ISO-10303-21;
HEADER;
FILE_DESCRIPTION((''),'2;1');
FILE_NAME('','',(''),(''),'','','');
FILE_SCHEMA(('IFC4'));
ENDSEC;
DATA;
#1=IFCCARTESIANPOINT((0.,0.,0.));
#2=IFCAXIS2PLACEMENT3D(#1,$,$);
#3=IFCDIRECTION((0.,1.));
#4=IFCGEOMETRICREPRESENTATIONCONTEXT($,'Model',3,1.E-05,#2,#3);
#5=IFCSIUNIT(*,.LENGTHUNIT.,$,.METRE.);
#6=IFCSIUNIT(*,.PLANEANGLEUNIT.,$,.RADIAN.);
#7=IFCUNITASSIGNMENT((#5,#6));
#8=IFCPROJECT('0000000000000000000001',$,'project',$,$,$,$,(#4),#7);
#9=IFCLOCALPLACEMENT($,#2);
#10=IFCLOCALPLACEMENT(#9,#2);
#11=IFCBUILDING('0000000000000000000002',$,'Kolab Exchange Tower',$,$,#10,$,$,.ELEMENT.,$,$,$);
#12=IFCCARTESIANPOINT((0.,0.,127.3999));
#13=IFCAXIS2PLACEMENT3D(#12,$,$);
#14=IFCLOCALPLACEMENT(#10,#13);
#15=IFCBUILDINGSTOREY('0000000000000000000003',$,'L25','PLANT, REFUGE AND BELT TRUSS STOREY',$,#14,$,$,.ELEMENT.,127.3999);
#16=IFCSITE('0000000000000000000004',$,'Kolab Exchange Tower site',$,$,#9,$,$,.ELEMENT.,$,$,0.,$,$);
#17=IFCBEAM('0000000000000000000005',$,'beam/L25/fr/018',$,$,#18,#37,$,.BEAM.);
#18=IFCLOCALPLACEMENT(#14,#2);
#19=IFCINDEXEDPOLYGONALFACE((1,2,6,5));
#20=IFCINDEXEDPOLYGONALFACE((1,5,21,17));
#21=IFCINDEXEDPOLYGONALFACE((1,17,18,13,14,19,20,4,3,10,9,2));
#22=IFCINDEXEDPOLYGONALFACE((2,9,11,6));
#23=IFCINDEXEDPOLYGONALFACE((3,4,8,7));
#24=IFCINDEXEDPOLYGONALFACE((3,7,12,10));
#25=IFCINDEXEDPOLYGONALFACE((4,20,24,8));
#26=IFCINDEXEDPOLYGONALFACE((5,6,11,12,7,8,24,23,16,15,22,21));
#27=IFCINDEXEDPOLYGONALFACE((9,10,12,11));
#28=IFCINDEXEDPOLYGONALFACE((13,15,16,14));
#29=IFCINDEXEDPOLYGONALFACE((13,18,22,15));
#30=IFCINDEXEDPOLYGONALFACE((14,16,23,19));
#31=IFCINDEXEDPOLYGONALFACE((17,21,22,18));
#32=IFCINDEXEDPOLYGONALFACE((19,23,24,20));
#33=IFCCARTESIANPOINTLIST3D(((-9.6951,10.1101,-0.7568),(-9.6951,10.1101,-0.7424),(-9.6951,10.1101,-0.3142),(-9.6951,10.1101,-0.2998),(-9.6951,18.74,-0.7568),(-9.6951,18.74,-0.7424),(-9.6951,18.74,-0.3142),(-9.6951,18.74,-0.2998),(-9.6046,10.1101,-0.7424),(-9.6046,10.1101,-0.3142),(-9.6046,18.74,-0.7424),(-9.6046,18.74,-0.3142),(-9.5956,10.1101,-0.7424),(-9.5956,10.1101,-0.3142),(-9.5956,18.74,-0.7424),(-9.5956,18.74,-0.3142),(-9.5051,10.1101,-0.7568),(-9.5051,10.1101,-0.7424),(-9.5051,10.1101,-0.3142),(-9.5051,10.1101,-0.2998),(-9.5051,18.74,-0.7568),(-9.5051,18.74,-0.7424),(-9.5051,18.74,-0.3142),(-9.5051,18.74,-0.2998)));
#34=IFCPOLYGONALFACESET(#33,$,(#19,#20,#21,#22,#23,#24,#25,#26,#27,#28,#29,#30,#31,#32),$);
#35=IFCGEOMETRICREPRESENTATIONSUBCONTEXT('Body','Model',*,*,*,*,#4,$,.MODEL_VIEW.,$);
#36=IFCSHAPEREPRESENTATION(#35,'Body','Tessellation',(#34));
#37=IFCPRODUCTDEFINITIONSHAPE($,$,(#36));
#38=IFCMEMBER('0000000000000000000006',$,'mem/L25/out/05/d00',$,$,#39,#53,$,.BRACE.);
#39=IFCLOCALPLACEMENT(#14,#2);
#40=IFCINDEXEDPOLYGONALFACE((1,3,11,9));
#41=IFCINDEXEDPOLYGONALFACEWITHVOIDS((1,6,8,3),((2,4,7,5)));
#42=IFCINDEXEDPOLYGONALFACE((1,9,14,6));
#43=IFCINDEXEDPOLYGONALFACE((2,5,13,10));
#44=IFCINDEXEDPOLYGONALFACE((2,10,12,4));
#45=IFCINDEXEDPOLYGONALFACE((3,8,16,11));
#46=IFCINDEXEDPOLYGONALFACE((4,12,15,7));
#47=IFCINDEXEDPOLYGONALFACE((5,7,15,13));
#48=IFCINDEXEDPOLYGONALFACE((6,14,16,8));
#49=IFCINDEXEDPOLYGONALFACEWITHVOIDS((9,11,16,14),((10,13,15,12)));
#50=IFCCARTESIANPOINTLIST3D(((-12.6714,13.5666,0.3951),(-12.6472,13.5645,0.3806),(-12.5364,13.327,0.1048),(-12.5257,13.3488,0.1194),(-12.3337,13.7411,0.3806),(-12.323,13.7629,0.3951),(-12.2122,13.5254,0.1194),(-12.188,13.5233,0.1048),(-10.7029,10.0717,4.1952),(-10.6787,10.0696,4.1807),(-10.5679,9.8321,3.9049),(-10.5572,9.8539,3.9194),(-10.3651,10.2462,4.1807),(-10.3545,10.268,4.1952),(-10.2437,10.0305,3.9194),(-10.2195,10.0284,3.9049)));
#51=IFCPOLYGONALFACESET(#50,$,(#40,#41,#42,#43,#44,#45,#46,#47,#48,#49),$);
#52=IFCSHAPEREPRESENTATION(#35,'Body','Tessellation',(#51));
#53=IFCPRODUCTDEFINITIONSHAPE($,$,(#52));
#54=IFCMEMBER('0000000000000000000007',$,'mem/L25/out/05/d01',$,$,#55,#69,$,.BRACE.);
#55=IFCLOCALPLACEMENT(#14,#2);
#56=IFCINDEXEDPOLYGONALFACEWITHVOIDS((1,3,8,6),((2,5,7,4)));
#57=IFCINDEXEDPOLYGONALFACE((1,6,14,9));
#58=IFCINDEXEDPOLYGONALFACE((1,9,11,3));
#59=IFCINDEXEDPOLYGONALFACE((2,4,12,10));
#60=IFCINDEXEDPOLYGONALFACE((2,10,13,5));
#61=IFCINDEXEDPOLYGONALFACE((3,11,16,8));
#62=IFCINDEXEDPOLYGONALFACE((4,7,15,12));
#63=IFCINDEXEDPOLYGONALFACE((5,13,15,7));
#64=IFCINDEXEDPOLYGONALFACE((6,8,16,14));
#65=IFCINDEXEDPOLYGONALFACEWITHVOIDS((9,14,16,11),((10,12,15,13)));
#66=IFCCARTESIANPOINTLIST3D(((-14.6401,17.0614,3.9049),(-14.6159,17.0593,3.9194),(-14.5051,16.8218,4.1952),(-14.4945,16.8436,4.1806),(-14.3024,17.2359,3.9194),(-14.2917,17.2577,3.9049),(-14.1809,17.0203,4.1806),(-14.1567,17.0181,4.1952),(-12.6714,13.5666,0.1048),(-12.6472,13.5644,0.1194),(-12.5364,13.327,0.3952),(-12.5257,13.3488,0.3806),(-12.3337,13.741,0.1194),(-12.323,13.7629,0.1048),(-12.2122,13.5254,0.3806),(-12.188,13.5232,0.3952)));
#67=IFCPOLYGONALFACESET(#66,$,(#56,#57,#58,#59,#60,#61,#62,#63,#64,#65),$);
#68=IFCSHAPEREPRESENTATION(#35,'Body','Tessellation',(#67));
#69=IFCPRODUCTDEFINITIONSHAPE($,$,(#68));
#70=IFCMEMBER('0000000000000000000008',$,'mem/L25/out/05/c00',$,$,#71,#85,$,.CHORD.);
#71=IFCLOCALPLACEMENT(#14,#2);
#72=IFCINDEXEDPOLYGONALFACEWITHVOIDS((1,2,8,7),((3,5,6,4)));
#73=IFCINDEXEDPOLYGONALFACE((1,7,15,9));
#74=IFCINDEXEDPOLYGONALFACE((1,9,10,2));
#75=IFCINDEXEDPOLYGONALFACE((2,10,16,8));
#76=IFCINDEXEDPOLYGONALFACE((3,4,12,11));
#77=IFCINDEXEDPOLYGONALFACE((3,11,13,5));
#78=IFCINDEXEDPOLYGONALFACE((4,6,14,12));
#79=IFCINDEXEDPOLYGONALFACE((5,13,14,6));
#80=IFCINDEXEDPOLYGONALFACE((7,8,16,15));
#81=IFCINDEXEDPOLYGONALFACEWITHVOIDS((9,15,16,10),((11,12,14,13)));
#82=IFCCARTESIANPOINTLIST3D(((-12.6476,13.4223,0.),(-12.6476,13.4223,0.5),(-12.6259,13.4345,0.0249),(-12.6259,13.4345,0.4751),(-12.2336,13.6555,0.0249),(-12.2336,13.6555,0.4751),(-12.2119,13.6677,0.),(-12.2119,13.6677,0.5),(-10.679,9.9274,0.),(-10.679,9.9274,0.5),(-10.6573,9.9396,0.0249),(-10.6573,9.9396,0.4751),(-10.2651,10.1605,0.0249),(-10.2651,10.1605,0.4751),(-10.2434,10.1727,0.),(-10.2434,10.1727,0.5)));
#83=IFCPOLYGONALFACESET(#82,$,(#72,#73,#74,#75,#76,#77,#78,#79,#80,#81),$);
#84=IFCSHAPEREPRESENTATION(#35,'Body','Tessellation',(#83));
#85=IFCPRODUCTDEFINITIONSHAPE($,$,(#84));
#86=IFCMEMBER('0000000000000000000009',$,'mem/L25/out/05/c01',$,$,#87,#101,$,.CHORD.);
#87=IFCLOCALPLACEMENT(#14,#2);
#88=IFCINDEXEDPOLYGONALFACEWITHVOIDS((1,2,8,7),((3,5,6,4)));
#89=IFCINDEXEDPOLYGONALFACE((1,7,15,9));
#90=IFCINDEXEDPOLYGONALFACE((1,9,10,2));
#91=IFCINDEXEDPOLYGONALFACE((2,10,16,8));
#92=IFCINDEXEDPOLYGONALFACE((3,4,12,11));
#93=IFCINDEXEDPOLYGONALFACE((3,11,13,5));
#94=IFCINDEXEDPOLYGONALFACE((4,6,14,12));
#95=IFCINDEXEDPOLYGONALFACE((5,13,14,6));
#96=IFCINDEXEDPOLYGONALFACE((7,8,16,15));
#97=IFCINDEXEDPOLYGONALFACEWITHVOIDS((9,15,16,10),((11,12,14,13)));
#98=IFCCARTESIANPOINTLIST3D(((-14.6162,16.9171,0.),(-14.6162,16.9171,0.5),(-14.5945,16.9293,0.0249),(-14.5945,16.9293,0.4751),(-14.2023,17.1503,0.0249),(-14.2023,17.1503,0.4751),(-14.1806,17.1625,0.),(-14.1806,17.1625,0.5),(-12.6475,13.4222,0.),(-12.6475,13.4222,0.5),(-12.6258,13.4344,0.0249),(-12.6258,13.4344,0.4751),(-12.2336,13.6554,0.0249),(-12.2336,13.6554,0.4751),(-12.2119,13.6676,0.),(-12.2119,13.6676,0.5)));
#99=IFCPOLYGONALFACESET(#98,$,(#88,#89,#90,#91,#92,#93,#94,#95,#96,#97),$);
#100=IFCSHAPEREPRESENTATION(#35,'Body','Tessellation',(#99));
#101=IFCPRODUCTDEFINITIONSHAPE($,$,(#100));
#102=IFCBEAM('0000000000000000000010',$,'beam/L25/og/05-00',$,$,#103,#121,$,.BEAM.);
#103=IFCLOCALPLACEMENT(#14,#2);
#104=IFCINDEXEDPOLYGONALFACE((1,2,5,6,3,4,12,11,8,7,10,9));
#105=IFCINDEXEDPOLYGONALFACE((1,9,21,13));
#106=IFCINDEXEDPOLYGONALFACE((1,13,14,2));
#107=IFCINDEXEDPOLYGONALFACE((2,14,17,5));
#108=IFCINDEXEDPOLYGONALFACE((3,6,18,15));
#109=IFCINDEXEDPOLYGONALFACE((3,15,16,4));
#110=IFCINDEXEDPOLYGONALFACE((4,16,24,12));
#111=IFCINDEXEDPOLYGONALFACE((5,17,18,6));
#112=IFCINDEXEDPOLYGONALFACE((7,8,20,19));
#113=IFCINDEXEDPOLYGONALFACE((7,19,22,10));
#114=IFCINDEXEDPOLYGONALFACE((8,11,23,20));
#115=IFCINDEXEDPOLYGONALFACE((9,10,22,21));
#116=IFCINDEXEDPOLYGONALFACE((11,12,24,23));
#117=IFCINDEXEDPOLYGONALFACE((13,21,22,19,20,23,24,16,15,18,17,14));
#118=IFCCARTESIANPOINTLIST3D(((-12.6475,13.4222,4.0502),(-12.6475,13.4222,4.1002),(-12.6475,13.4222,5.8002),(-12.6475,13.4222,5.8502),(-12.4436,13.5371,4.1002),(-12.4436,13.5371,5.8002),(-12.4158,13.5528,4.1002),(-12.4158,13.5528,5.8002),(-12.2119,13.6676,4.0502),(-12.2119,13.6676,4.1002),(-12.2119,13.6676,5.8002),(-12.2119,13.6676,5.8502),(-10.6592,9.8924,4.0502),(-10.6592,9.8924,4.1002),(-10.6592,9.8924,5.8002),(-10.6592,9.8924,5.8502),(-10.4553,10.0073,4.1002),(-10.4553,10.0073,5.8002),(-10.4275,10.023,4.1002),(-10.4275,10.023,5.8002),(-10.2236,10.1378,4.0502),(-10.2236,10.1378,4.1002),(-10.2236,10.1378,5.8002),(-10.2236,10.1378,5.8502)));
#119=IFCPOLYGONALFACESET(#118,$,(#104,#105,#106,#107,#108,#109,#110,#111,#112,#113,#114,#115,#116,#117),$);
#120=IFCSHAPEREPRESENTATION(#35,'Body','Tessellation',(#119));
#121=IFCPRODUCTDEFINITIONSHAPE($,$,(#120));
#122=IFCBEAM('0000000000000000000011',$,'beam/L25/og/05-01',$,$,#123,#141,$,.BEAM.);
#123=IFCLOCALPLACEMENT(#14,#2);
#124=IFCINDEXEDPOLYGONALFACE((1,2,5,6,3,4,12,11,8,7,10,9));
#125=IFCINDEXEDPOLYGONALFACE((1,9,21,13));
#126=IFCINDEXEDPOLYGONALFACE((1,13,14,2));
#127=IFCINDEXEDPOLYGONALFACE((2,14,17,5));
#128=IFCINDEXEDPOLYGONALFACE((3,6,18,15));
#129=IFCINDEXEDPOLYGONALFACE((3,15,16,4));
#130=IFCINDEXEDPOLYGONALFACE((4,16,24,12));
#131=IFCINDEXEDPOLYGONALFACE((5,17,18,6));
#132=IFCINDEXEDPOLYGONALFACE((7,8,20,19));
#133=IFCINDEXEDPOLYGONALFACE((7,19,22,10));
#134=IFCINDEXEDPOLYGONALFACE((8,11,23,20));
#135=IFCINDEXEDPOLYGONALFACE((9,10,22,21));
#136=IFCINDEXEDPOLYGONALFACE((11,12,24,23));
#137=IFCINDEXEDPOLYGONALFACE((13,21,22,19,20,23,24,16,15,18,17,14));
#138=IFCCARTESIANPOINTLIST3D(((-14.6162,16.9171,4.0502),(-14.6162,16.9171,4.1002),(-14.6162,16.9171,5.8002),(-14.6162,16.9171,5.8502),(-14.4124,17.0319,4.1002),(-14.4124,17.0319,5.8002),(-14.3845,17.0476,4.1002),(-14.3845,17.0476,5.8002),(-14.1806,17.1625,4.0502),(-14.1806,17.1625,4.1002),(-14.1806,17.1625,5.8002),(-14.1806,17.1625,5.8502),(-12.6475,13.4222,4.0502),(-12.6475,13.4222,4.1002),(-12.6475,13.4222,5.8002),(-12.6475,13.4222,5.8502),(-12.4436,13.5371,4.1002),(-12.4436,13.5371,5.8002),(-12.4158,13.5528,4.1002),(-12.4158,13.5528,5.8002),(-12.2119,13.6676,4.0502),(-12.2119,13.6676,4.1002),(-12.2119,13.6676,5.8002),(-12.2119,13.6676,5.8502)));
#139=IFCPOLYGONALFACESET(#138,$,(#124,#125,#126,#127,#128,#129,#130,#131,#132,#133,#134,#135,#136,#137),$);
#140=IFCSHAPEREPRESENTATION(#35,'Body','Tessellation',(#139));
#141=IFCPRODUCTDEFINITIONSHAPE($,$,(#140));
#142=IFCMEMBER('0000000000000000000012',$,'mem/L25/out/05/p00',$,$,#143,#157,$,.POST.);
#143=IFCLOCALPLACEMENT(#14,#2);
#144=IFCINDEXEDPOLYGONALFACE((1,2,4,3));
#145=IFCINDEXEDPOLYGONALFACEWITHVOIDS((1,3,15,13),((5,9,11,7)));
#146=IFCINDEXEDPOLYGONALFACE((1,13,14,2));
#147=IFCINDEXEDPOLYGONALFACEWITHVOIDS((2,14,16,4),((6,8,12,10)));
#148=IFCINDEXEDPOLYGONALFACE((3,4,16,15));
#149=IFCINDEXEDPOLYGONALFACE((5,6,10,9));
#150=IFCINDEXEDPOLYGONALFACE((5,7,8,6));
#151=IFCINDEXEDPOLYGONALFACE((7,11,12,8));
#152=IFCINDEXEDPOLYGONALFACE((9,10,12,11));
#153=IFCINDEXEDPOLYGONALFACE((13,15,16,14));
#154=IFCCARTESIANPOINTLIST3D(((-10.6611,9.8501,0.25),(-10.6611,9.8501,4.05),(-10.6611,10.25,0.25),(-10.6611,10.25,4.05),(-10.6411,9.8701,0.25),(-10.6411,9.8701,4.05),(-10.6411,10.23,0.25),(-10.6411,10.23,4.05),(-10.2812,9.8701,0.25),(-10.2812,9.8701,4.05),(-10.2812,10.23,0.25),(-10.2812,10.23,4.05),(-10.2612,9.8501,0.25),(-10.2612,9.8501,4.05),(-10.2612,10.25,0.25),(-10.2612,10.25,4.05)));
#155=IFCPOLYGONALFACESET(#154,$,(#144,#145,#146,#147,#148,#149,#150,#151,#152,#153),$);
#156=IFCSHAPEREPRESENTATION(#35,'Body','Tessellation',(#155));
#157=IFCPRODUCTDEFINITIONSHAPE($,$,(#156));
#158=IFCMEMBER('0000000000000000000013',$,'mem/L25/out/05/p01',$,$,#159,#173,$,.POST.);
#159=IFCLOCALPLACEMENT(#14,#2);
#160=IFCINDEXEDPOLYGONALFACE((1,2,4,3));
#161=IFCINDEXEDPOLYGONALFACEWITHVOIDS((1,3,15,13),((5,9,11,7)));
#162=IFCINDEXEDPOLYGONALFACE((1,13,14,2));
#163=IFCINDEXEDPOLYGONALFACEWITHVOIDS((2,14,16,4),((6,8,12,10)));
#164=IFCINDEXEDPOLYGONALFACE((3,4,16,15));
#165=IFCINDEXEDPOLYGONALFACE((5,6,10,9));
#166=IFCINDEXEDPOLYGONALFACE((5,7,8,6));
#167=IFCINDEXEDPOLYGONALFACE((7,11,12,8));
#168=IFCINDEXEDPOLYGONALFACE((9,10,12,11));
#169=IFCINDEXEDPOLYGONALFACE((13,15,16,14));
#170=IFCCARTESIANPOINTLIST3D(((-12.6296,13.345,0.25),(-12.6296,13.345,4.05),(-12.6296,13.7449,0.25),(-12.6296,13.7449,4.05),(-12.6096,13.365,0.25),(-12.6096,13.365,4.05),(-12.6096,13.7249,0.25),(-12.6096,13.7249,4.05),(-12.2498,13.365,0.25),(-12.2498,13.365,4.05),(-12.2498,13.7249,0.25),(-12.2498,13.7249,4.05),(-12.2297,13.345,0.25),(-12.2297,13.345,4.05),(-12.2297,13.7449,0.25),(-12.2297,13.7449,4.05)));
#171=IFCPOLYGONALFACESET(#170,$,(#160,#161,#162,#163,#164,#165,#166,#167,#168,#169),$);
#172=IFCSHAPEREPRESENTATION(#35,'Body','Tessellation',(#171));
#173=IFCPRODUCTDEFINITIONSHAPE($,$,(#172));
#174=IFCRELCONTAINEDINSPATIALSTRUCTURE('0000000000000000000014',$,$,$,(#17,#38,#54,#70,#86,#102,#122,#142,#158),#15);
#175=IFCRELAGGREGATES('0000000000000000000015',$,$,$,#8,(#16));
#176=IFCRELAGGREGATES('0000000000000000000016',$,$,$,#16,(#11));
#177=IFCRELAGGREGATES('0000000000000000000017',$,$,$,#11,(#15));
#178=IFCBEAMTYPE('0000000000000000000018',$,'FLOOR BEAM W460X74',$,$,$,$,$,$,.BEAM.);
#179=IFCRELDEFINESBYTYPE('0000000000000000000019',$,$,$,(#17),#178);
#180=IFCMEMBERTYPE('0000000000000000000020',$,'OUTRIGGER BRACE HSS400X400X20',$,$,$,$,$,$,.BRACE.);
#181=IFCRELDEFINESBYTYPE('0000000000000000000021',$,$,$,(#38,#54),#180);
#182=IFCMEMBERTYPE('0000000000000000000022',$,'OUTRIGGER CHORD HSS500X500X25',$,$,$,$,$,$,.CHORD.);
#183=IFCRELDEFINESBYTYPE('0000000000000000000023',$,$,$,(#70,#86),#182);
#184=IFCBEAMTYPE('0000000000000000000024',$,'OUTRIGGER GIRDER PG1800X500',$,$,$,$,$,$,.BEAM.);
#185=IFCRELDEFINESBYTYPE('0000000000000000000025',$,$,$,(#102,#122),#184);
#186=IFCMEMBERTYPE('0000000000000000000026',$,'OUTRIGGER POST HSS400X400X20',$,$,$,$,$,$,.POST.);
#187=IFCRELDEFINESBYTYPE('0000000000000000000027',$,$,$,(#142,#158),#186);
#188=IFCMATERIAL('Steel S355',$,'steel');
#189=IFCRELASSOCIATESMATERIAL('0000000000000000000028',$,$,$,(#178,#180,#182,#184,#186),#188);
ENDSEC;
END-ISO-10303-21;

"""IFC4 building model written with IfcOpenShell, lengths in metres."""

from ifc_helpers import new_model, si_unit, direction, frame, origin, origin_2d, place, context, subcontext, project, spatial, hollow_rectangle, i_section, extrude, material, material_profile, profile_set, type_object, element, save


model = new_model("IFC4")

# Units and contexts
model_context = context("Model", 3, precision=1e-05, world=origin(), true_north=direction((0.0, 1.0)))
body_context = subcontext(model_context, "Body", "Model", "MODEL_VIEW")
ifc_project = project(units=[si_unit("LENGTHUNIT", "METRE"), si_unit("PLANEANGLEUNIT", "RADIAN")], contexts=[model_context])

# Site, building, storey
site_placement = place(None, origin())
site = spatial("IfcSite", under=ifc_project, at=site_placement, Name="Kolab Exchange Tower site", CompositionType="ELEMENT", RefElevation=0.0)
building_placement = place(site_placement, origin())
building = spatial("IfcBuilding", under=site, at=building_placement, Name="Kolab Exchange Tower", CompositionType="ELEMENT")
storey_placement = place(building_placement, frame((0.0, 0.0, 127.3999)))
storey = spatial("IfcBuildingStorey", under=building, at=storey_placement, Name="L25", Description="PLANT, REFUGE AND BELT TRUSS STOREY", CompositionType="ELEMENT", Elevation=127.3999)

# Beam
ifc_material_1 = material(Name="Steel S355", Category="steel")
ifc_material_profile_1 = material_profile(ifc_material_1, i_section(OverallWidth=0.1899, OverallDepth=0.457, WebThickness=0.009, FlangeThickness=0.0144, at=origin_2d()), Name="W460X74")
ifc_profile_set_1 = profile_set([ifc_material_profile_1], Name="Steel S355")
beam_type_1 = type_object("IfcBeamType", Name="FLOOR BEAM W460X74", PredefinedType="BEAM", material=ifc_profile_set_1)
beam_1_placement = place(storey_placement, frame((-9.6001, 10.1101, -0.5283), z_axis=(0.0, 1.0, 0.0), x_axis=(-1.0, 0.0, 0.0)))
element("IfcBeam", 1, at=beam_1_placement, inside=storey, type_object=beam_type_1, Name="beam/L25/fr/018", PredefinedType="BEAM", context=body_context, shape_type="SweptSolid", body=[
    extrude(i_section(OverallWidth=0.1899, OverallDepth=0.457, WebThickness=0.009, FlangeThickness=0.0144, at=origin_2d()), origin(), (0.0, 0.0, 1.0), 8.6299),
])

# Members
ifc_material_profile_2 = material_profile(ifc_material_1, hollow_rectangle(XDim=0.3999, YDim=0.3999, WallThickness=0.02, at=origin_2d()), Name="HSS400X400X20")
ifc_profile_set_2 = profile_set([ifc_material_profile_2], Name="Steel S355")
member_type_1 = type_object("IfcMemberType", Name="OUTRIGGER BRACE HSS400X400X20", PredefinedType="BRACE", material=ifc_profile_set_2)
for number, where, z_axis, x_axis, name in (
    (2, (-10.4612, 10.05, 4.05), (-0.356268, 0.632516, -0.687748), (-0.871294, -0.490761, 0.0), "mem/L25/out/05/d00"),
    (3, (-12.4297, 13.5449, 0.25), (-0.356306, 0.632506, 0.687737), (-0.871268, -0.490807, 0.0), "mem/L25/out/05/d01"),
):
    element("IfcMember", number, at=place(storey_placement, frame(where, z_axis=z_axis, x_axis=x_axis)), inside=storey, type_object=member_type_1, Name=name, PredefinedType="BRACE", context=body_context, shape_type="SweptSolid", body=[
        extrude(hollow_rectangle(XDim=0.3999, YDim=0.3999, WallThickness=0.02, at=origin_2d()), origin(), (0.0, 0.0, 1.0), 5.5254),
    ])
ifc_material_profile_3 = material_profile(ifc_material_1, hollow_rectangle(XDim=0.5, YDim=0.5, WallThickness=0.0249, at=origin_2d()), Name="HSS500X500X25")
ifc_profile_set_3 = profile_set([ifc_material_profile_3], Name="Steel S355")
member_type_2 = type_object("IfcMemberType", Name="OUTRIGGER CHORD HSS500X500X25", PredefinedType="CHORD", material=ifc_profile_set_3)
for number, where, z_axis, x_axis, name in (
    (4, (-10.4612, 10.05, 0.25), (-0.490761, 0.871294, 0.0), (-0.871294, -0.490761, 0.0), "mem/L25/out/05/c00"),
    (5, (-12.4297, 13.5449, 0.25), (-0.490807, 0.871268, 0.0), (-0.871268, -0.490807, 0.0), "mem/L25/out/05/c01"),
):
    element("IfcMember", number, at=place(storey_placement, frame(where, z_axis=z_axis, x_axis=x_axis)), inside=storey, type_object=member_type_2, Name=name, PredefinedType="CHORD", context=body_context, shape_type="SweptSolid", body=[
        extrude(hollow_rectangle(XDim=0.5, YDim=0.5, WallThickness=0.0249, at=origin_2d()), origin(), (0.0, 0.0, 1.0), 4.0112),
    ])

# Beams
ifc_material_profile_4 = material_profile(ifc_material_1, i_section(OverallWidth=0.5, OverallDepth=1.8, WebThickness=0.032, FlangeThickness=0.05, at=origin_2d()), Name="PG1800X500")
ifc_profile_set_4 = profile_set([ifc_material_profile_4], Name="Steel S355")
beam_type_2 = type_object("IfcBeamType", Name="OUTRIGGER GIRDER PG1800X500", PredefinedType="BEAM", material=ifc_profile_set_4)
beam_2_placement = place(storey_placement, frame((-10.4414, 10.0151, 4.9502), z_axis=(-0.490782, 0.871282, 0.0), x_axis=(-0.871282, -0.490782, 0.0)))
element("IfcBeam", 6, at=beam_2_placement, inside=storey, type_object=beam_type_2, Name="beam/L25/og/05-00", PredefinedType="BEAM", context=body_context, shape_type="SweptSolid", body=[
    extrude(i_section(OverallWidth=0.5, OverallDepth=1.8, WebThickness=0.032, FlangeThickness=0.05, at=origin_2d()), origin(), (0.0, 0.0, 1.0), 4.0513),
])
beam_3_placement = place(storey_placement, frame((-12.4297, 13.5449, 4.9502), z_axis=(-0.490807, 0.871268, 0.0), x_axis=(-0.871268, -0.490807, 0.0)))
element("IfcBeam", 7, at=beam_3_placement, inside=storey, type_object=beam_type_2, Name="beam/L25/og/05-01", PredefinedType="BEAM", context=body_context, shape_type="SweptSolid", body=[
    extrude(i_section(OverallWidth=0.5, OverallDepth=1.8, WebThickness=0.032, FlangeThickness=0.05, at=origin_2d()), origin(), (0.0, 0.0, 1.0), 4.0112),
])

# Members
ifc_material_profile_5 = material_profile(ifc_material_1, hollow_rectangle(XDim=0.3999, YDim=0.3999, WallThickness=0.02, at=origin_2d()), Name="HSS400X400X20")
ifc_profile_set_5 = profile_set([ifc_material_profile_5], Name="Steel S355")
member_type_3 = type_object("IfcMemberType", Name="OUTRIGGER POST HSS400X400X20", PredefinedType="POST", material=ifc_profile_set_5)
for number, where, z_axis, x_axis, name in (
    (8, (-10.4612, 10.05, 0.25), (0.0, 0.0, 1.0), (1.0, 0.0, 0.0), "mem/L25/out/05/p00"),
    (9, (-12.4297, 13.5449, 0.25), (0.0, 0.0, 1.0), (1.0, 0.0, 0.0), "mem/L25/out/05/p01"),
):
    element("IfcMember", number, at=place(storey_placement, frame(where, z_axis=z_axis, x_axis=x_axis)), inside=storey, type_object=member_type_3, Name=name, PredefinedType="POST", context=body_context, shape_type="SweptSolid", body=[
        extrude(hollow_rectangle(XDim=0.3999, YDim=0.3999, WallThickness=0.02, at=origin_2d()), origin(), (0.0, 0.0, 1.0), 3.8),
    ])

save(model, "model.ifc")
